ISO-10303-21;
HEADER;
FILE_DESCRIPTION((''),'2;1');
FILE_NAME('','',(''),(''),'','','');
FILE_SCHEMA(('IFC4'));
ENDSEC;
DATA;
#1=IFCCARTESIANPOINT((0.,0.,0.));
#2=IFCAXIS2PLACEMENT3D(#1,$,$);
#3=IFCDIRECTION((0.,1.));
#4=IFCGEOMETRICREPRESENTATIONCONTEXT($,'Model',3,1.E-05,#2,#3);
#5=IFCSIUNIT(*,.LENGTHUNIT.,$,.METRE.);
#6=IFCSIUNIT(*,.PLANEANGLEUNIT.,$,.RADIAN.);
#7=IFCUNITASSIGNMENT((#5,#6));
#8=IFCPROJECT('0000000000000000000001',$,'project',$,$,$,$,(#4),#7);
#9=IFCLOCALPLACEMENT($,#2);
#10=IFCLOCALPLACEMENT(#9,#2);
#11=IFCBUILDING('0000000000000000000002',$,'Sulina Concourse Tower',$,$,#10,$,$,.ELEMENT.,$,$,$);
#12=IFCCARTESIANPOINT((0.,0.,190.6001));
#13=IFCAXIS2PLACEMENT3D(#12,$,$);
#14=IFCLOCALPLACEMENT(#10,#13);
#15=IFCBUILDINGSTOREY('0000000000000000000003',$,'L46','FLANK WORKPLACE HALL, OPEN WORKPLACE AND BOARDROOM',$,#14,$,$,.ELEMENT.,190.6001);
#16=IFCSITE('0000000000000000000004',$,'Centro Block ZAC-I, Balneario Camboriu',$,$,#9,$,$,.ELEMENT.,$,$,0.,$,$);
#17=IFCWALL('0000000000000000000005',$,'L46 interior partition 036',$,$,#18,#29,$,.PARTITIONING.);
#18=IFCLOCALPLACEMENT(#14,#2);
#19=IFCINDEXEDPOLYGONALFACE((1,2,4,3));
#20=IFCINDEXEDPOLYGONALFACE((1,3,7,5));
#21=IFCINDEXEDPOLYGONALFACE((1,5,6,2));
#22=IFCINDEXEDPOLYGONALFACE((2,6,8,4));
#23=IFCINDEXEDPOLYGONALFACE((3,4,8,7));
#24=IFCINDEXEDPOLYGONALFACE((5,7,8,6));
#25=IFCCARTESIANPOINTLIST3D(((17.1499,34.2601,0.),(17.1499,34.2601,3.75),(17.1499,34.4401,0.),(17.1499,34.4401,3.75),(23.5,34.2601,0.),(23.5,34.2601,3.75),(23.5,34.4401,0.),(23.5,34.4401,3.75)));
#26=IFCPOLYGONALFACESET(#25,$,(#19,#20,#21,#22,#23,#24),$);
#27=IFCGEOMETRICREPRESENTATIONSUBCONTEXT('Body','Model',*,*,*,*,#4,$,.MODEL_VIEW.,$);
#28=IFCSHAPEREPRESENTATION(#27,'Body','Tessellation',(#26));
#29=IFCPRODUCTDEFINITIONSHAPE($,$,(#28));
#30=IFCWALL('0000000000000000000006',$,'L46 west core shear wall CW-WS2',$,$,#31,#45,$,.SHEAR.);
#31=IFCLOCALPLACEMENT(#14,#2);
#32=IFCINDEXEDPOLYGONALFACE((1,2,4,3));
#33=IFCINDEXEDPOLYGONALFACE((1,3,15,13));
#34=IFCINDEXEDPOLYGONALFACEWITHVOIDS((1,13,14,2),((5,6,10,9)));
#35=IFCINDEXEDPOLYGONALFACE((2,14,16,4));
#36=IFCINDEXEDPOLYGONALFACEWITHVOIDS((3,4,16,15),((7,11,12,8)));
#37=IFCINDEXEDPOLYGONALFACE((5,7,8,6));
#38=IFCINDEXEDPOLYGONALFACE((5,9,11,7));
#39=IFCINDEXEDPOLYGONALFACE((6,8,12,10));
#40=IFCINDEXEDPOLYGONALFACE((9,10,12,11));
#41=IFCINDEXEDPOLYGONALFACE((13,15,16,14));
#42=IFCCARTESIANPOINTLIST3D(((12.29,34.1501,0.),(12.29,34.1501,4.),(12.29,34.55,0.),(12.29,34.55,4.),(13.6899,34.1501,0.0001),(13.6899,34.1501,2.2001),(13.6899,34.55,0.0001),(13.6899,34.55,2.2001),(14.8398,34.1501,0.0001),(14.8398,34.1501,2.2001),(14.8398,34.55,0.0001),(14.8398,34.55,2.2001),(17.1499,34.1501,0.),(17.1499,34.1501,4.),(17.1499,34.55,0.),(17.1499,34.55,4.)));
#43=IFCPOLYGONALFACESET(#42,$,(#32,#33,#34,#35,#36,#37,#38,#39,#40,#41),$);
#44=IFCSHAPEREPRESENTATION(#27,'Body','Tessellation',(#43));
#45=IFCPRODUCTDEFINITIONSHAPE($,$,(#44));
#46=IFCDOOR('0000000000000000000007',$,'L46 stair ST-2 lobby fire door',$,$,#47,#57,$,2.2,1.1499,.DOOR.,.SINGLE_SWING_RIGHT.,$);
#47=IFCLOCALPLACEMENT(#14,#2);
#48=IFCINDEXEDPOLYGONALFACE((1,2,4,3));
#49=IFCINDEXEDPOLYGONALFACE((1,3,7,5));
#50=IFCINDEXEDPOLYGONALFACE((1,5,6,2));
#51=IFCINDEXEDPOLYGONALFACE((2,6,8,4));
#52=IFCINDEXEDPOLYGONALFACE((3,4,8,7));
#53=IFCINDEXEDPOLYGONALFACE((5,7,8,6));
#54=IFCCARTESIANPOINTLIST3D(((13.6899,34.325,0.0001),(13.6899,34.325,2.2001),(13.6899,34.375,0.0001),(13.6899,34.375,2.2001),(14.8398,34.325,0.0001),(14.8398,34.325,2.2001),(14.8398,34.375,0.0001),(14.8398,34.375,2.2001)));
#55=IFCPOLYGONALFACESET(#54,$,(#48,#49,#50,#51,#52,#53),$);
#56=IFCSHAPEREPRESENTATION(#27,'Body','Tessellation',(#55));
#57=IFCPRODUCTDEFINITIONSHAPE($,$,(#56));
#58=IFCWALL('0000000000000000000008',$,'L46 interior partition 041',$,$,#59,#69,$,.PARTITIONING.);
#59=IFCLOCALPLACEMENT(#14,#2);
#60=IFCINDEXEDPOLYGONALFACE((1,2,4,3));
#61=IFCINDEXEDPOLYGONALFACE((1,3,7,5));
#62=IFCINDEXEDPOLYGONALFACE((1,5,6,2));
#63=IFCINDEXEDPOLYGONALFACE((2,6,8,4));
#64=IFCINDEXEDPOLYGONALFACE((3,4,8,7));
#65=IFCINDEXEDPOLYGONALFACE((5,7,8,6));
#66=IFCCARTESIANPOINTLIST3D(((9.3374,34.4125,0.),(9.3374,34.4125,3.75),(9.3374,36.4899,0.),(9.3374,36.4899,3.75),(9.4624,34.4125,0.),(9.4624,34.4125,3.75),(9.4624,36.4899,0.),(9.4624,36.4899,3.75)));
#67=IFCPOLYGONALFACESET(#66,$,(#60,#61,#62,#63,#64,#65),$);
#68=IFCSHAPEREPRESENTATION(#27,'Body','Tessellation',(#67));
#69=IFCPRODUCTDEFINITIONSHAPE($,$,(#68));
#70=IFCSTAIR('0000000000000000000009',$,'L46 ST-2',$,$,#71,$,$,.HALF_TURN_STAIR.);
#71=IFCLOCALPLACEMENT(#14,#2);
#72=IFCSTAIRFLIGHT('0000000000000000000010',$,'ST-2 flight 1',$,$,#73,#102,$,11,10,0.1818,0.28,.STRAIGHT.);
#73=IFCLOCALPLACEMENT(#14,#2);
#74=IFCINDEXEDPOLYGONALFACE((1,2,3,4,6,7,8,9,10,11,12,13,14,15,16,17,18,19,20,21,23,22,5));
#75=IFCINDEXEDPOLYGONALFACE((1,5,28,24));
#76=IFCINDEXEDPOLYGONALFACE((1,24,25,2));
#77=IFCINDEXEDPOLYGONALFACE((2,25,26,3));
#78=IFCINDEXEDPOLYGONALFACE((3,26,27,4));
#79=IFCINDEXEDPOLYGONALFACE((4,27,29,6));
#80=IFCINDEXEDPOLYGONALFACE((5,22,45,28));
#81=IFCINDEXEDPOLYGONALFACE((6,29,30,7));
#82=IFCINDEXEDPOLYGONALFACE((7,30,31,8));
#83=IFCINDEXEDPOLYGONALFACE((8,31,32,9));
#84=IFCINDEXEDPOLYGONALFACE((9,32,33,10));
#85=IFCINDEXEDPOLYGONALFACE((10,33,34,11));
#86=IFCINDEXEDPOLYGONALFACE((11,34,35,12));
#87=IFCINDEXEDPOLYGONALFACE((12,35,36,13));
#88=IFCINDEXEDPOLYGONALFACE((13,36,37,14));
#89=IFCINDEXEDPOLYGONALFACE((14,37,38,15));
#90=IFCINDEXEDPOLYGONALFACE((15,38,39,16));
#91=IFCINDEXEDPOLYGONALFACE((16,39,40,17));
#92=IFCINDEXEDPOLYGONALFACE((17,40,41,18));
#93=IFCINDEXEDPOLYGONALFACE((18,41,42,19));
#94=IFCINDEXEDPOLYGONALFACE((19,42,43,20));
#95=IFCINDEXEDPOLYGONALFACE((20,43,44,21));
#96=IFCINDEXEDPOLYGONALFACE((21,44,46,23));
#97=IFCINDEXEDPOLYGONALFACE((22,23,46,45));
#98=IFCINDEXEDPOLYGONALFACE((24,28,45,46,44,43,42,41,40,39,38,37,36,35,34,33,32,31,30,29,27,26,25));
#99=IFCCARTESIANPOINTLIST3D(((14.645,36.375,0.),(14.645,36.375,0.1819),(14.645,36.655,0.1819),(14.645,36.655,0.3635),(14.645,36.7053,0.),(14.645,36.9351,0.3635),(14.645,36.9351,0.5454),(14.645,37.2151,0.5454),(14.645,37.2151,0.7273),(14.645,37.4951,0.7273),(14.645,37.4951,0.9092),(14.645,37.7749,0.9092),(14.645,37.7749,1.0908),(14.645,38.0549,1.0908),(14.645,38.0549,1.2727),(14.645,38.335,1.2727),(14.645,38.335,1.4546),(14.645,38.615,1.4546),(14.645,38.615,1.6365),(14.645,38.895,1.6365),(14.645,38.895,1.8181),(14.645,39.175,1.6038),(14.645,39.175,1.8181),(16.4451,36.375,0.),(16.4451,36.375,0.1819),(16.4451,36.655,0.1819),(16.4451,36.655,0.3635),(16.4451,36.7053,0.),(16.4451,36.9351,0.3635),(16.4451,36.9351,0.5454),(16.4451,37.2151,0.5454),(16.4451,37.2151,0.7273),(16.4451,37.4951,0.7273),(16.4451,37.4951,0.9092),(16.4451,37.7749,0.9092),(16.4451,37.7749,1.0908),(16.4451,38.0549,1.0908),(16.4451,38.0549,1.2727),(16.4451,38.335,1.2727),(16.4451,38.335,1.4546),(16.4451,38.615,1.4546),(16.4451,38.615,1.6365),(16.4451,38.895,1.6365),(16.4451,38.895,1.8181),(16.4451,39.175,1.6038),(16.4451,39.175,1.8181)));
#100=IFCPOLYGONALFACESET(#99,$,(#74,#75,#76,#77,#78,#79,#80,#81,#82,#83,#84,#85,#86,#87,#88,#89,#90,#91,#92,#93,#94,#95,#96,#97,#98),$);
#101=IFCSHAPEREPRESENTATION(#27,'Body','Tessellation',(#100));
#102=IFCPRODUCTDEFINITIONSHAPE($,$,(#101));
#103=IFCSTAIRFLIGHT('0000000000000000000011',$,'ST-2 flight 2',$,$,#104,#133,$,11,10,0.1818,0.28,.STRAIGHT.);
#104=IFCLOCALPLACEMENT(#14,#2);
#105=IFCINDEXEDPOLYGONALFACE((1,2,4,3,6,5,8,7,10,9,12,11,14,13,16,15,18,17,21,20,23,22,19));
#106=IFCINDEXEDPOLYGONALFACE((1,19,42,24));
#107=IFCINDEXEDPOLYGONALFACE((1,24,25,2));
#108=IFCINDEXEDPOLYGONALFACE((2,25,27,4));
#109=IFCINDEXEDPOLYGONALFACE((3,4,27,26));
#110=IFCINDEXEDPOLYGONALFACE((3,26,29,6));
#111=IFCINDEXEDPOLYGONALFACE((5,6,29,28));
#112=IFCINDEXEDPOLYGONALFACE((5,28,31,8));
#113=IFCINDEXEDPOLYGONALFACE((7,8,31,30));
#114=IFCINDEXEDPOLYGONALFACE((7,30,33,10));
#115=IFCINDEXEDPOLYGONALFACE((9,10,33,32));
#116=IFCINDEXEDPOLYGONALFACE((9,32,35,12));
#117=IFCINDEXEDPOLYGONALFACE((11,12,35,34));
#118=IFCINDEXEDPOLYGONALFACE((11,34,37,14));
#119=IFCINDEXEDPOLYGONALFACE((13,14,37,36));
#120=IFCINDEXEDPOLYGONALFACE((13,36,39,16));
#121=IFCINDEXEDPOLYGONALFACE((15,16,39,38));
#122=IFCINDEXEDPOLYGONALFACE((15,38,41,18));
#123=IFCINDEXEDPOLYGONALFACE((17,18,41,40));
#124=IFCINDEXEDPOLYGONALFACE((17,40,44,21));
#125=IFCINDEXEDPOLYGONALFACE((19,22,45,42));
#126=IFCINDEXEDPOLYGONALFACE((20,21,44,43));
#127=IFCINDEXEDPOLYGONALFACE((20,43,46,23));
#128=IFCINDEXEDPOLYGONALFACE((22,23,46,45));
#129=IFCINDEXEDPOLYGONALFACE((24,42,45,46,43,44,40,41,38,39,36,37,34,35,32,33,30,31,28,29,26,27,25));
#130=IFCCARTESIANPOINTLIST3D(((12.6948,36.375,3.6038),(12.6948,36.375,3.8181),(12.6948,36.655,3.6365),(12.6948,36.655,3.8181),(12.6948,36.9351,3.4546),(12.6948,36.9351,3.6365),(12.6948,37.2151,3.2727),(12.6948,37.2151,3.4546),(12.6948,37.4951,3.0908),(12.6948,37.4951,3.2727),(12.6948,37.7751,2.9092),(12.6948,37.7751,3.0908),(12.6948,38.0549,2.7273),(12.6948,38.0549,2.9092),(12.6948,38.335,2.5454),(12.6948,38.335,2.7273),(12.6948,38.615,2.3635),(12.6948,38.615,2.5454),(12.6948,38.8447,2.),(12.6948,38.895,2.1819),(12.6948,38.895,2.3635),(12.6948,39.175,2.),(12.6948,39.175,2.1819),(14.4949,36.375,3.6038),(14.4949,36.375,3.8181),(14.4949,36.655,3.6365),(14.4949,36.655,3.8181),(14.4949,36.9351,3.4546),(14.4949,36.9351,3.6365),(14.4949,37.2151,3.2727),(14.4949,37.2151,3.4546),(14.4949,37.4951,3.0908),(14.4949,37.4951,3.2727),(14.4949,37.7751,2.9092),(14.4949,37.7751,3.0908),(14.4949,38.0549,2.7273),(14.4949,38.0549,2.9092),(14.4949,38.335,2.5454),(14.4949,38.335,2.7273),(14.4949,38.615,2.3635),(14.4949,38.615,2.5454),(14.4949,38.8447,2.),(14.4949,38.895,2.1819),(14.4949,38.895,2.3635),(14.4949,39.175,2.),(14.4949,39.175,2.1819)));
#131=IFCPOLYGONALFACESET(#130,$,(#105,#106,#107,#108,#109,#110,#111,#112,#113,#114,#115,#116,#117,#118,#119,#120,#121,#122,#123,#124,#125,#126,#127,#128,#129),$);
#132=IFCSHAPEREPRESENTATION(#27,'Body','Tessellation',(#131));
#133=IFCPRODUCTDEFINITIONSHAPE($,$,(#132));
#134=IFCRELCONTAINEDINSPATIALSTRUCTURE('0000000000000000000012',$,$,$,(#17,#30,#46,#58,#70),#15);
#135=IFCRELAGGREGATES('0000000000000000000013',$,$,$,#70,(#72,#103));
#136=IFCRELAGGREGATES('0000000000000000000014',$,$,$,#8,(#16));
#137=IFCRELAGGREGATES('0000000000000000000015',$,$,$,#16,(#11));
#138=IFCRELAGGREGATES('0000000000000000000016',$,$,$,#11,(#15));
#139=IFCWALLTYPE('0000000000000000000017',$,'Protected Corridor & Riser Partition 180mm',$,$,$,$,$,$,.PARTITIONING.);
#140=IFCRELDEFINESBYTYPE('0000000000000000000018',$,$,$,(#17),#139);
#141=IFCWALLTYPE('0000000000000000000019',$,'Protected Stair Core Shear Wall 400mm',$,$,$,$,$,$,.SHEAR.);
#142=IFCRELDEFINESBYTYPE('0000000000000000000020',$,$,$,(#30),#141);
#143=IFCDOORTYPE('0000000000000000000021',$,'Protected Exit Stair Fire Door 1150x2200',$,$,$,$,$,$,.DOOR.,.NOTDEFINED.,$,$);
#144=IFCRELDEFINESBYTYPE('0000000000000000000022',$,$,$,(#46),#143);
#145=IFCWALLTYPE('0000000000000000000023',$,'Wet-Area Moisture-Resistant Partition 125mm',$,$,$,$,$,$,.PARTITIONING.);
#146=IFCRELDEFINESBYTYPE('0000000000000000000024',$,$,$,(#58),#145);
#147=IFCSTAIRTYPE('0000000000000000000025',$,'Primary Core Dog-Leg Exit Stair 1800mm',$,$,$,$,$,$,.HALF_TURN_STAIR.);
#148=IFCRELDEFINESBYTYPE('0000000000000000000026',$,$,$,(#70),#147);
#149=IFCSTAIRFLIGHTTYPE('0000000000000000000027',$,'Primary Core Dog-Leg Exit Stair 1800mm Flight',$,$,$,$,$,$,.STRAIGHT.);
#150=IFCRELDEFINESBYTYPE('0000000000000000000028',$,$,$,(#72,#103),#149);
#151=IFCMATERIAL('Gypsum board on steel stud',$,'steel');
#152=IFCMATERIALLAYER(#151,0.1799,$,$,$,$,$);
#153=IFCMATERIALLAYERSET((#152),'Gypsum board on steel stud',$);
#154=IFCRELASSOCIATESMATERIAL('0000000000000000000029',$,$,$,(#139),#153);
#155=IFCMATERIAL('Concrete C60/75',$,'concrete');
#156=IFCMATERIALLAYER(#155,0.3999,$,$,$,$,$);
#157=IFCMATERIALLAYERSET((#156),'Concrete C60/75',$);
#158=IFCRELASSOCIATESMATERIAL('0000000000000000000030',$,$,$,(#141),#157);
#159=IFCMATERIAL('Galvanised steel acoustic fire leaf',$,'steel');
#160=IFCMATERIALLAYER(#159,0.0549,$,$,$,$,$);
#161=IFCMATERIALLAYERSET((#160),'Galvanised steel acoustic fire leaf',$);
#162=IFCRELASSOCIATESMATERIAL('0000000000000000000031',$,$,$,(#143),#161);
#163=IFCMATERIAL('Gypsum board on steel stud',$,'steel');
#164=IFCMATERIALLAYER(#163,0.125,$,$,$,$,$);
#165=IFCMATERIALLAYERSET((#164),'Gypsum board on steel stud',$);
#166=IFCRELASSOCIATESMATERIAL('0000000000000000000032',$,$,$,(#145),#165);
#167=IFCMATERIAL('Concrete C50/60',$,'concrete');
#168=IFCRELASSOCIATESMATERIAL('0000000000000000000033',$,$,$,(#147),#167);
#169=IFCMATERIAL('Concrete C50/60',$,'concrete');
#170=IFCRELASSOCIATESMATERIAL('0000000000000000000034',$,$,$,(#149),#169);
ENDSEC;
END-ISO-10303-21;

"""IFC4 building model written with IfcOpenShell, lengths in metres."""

from ifc_helpers import new_model, si_unit, direction, frame, frame_2d, origin, place, context, subcontext, project, spatial, polyline, rectangle, outline, extrude, material, layer, layer_set, type_object, element, fill, aggregate, save


model = new_model("IFC4")

# Units and contexts
model_context = context("Model", 3, precision=1e-05, world=origin(), true_north=direction((0.0, 1.0)))
body_context = subcontext(model_context, "Body", "Model", "MODEL_VIEW")
ifc_project = project(units=[si_unit("LENGTHUNIT", "METRE"), si_unit("PLANEANGLEUNIT", "RADIAN")], contexts=[model_context])

# Site, building, storey
site_placement = place(None, origin())
site = spatial("IfcSite", under=ifc_project, at=site_placement, Name="Centro Block ZAC-I, Balneario Camboriu", CompositionType="ELEMENT", RefElevation=0.0)
building_placement = place(site_placement, origin())
building = spatial("IfcBuilding", under=site, at=building_placement, Name="Sulina Concourse Tower", CompositionType="ELEMENT")
storey_placement = place(building_placement, frame((0.0, 0.0, 190.6001)))
storey = spatial("IfcBuildingStorey", under=building, at=storey_placement, Name="L46", Description="FLANK WORKPLACE HALL, OPEN WORKPLACE AND BOARDROOM", CompositionType="ELEMENT", Elevation=190.6001)

# Wall
ifc_material_1 = material(Name="Gypsum board on steel stud", Category="steel")
ifc_layer_1 = layer(ifc_material_1, 0.1799)
ifc_layer_set_1 = layer_set([ifc_layer_1], Name="Gypsum board on steel stud")
wall_type_1 = type_object("IfcWallType", Name="Protected Corridor & Riser Partition 180mm", PredefinedType="PARTITIONING", material=ifc_layer_set_1)
wall_1_placement = place(storey_placement, frame((17.1499, 34.3501, 0.0), z_axis=(0.0, 0.0, 1.0), x_axis=(1.0, 0.0, 0.0)))
element("IfcWall", 1, at=wall_1_placement, inside=storey, type_object=wall_type_1, Name="L46 interior partition 036", PredefinedType="PARTITIONING", context=body_context, shape_type="SweptSolid", body=[
    extrude(rectangle(XDim=6.3501, YDim=0.1799, at=frame_2d((3.175, 0.0))), origin(), (0.0, 0.0, 1.0), 3.75),
])

# Wall, opening, door
ifc_material_2 = material(Name="Concrete C60/75", Category="concrete")
ifc_layer_2 = layer(ifc_material_2, 0.3999)
ifc_layer_set_2 = layer_set([ifc_layer_2], Name="Concrete C60/75")
wall_type_2 = type_object("IfcWallType", Name="Protected Stair Core Shear Wall 400mm", PredefinedType="SHEAR", material=ifc_layer_set_2)
wall_2_placement = place(storey_placement, frame((12.29, 34.3501, 0.0), z_axis=(0.0, 0.0, 1.0), x_axis=(1.0, 0.0, 0.0)))
wall_2 = element("IfcWall", 2, at=wall_2_placement, inside=storey, type_object=wall_type_2, Name="L46 west core shear wall CW-WS2", PredefinedType="SHEAR", context=body_context, shape_type="SweptSolid", body=[
    extrude(rectangle(XDim=4.8599, YDim=0.3999, at=frame_2d((2.4299, 0.0))), origin(), (0.0, 0.0, 1.0), 4.0),
])
opening_1_placement = place(wall_2_placement, frame((1.3999, 0.0, 0.0)))
opening_1 = element("IfcOpeningElement", 3, at=opening_1_placement, cuts=wall_2, PredefinedType="OPENING", context=body_context, shape_type="SweptSolid", body=[
    extrude(rectangle(XDim=1.1499, YDim=2.2, at=frame_2d((0.575, 1.1001))), frame((0.0, 0.21, 0.0), z_axis=(0.0, -1.0, 0.0), x_axis=(1.0, 0.0, 0.0)), (0.0, 0.0, 1.0), 0.4199),
])
ifc_material_3 = material(Name="Galvanised steel acoustic fire leaf", Category="steel")
ifc_layer_3 = layer(ifc_material_3, 0.0549)
ifc_layer_set_3 = layer_set([ifc_layer_3], Name="Galvanised steel acoustic fire leaf")
door_type_1 = type_object("IfcDoorType", Name="Protected Exit Stair Fire Door 1150x2200", OperationType="NOTDEFINED", PredefinedType="DOOR", material=ifc_layer_set_3)
door_1_placement = place(opening_1_placement, origin())
door_1 = element("IfcDoor", 4, at=door_1_placement, inside=storey, type_object=door_type_1, Name="L46 stair ST-2 lobby fire door", OperationType="SINGLE_SWING_RIGHT", OverallHeight=2.2, OverallWidth=1.1499, PredefinedType="DOOR", context=body_context, shape_type="SweptSolid", body=[
    extrude(rectangle(XDim=1.1499, YDim=2.2, at=frame_2d((0.575, 1.1001))), frame((0.0, 0.0249, 0.0), z_axis=(0.0, -1.0, 0.0), x_axis=(1.0, 0.0, 0.0)), (0.0, 0.0, 1.0), 0.05),
])
fill(opening_1, door_1)

# Wall
ifc_material_4 = material(Name="Gypsum board on steel stud", Category="steel")
ifc_layer_4 = layer(ifc_material_4, 0.125)
ifc_layer_set_4 = layer_set([ifc_layer_4], Name="Gypsum board on steel stud")
wall_type_3 = type_object("IfcWallType", Name="Wet-Area Moisture-Resistant Partition 125mm", PredefinedType="PARTITIONING", material=ifc_layer_set_4)
wall_3_placement = place(storey_placement, frame((9.3999, 34.4126, 0.0), z_axis=(0.0, 0.0, 1.0), x_axis=(0.0, 1.0, 0.0)))
element("IfcWall", 5, at=wall_3_placement, inside=storey, type_object=wall_type_3, Name="L46 interior partition 041", PredefinedType="PARTITIONING", context=body_context, shape_type="SweptSolid", body=[
    extrude(rectangle(XDim=2.0774, YDim=0.125, at=frame_2d((1.0386, 0.0))), origin(), (0.0, 0.0, 1.0), 3.75),
])

# Stair, stair flights
ifc_material_5 = material(Name="Concrete C50/60", Category="concrete")
stair_type = type_object("IfcStairType", Name="Primary Core Dog-Leg Exit Stair 1800mm", PredefinedType="HALF_TURN_STAIR", material=ifc_material_5)
stair_placement = place(storey_placement, origin())
stair = element("IfcStair", 6, at=stair_placement, inside=storey, type_object=stair_type, Name="L46 ST-2", PredefinedType="HALF_TURN_STAIR")
ifc_material_6 = material(Name="Concrete C50/60", Category="concrete")
stair_flight_type = type_object("IfcStairFlightType", Name="Primary Core Dog-Leg Exit Stair 1800mm Flight", PredefinedType="STRAIGHT", material=ifc_material_6)
stair_flight_1_placement = place(storey_placement, frame((15.5449, 36.375, 0.0), z_axis=(0.0, 0.0, 1.0), x_axis=(0.0, 1.0, 0.0)))
stair_flight_1 = element("IfcStairFlight", 7, at=stair_flight_1_placement, type_object=stair_flight_type, Name="ST-2 flight 1", NumberOfRisers=11, NumberOfTreads=10, PredefinedType="STRAIGHT", RiserHeight=0.1818, TreadLength=0.28, context=body_context, shape_type="SweptSolid", body=[
    extrude(outline(polyline([(0.0, 0.0), (0.0, 0.1819), (0.28, 0.1819), (0.28, 0.3635), (0.5601, 0.3635), (0.5601, 0.5454), (0.8401, 0.5454), (0.8401, 0.7273), (1.1201, 0.7273), (1.1201, 0.9092), (1.3999, 0.9092), (1.3999, 1.0908), (1.6799, 1.0908), (1.6799, 1.2727), (1.96, 1.2727), (1.96, 1.4546), (2.24, 1.4546), (2.24, 1.6365), (2.52, 1.6365), (2.52, 1.8181), (2.8, 1.8181), (2.8, 2.0), (2.8, 1.6038), (0.3303, 0.0), (0.0, 0.0)])), frame((0.0, 0.8999, 0.0), z_axis=(0.0, -1.0, 0.0), x_axis=(1.0, 0.0, 0.0)), (0.0, 0.0, 1.0), 1.8),
])
stair_flight_2_placement = place(storey_placement, frame((13.595, 39.175, 2.0), z_axis=(0.0, 0.0, 1.0), x_axis=(0.0, -1.0, 0.0)))
stair_flight_2 = element("IfcStairFlight", 8, at=stair_flight_2_placement, type_object=stair_flight_type, Name="ST-2 flight 2", NumberOfRisers=11, NumberOfTreads=10, PredefinedType="STRAIGHT", RiserHeight=0.1818, TreadLength=0.28, context=body_context, shape_type="SweptSolid", body=[
    extrude(outline(polyline([(0.0, 0.0), (0.0, 0.1819), (0.28, 0.1819), (0.28, 0.3635), (0.5601, 0.3635), (0.5601, 0.5454), (0.8401, 0.5454), (0.8401, 0.7273), (1.1201, 0.7273), (1.1201, 0.9092), (1.3999, 0.9092), (1.3999, 1.0908), (1.6799, 1.0908), (1.6799, 1.2727), (1.96, 1.2727), (1.96, 1.4546), (2.24, 1.4546), (2.24, 1.6365), (2.52, 1.6365), (2.52, 1.8181), (2.8, 1.8181), (2.8, 2.0), (2.8, 1.6038), (0.3303, 0.0), (0.0, 0.0)])), frame((0.0, 0.8999, 0.0), z_axis=(0.0, -1.0, 0.0), x_axis=(1.0, 0.0, 0.0)), (0.0, 0.0, 1.0), 1.8),
])
aggregate(stair, [stair_flight_1, stair_flight_2])

save(model, "model.ifc")
